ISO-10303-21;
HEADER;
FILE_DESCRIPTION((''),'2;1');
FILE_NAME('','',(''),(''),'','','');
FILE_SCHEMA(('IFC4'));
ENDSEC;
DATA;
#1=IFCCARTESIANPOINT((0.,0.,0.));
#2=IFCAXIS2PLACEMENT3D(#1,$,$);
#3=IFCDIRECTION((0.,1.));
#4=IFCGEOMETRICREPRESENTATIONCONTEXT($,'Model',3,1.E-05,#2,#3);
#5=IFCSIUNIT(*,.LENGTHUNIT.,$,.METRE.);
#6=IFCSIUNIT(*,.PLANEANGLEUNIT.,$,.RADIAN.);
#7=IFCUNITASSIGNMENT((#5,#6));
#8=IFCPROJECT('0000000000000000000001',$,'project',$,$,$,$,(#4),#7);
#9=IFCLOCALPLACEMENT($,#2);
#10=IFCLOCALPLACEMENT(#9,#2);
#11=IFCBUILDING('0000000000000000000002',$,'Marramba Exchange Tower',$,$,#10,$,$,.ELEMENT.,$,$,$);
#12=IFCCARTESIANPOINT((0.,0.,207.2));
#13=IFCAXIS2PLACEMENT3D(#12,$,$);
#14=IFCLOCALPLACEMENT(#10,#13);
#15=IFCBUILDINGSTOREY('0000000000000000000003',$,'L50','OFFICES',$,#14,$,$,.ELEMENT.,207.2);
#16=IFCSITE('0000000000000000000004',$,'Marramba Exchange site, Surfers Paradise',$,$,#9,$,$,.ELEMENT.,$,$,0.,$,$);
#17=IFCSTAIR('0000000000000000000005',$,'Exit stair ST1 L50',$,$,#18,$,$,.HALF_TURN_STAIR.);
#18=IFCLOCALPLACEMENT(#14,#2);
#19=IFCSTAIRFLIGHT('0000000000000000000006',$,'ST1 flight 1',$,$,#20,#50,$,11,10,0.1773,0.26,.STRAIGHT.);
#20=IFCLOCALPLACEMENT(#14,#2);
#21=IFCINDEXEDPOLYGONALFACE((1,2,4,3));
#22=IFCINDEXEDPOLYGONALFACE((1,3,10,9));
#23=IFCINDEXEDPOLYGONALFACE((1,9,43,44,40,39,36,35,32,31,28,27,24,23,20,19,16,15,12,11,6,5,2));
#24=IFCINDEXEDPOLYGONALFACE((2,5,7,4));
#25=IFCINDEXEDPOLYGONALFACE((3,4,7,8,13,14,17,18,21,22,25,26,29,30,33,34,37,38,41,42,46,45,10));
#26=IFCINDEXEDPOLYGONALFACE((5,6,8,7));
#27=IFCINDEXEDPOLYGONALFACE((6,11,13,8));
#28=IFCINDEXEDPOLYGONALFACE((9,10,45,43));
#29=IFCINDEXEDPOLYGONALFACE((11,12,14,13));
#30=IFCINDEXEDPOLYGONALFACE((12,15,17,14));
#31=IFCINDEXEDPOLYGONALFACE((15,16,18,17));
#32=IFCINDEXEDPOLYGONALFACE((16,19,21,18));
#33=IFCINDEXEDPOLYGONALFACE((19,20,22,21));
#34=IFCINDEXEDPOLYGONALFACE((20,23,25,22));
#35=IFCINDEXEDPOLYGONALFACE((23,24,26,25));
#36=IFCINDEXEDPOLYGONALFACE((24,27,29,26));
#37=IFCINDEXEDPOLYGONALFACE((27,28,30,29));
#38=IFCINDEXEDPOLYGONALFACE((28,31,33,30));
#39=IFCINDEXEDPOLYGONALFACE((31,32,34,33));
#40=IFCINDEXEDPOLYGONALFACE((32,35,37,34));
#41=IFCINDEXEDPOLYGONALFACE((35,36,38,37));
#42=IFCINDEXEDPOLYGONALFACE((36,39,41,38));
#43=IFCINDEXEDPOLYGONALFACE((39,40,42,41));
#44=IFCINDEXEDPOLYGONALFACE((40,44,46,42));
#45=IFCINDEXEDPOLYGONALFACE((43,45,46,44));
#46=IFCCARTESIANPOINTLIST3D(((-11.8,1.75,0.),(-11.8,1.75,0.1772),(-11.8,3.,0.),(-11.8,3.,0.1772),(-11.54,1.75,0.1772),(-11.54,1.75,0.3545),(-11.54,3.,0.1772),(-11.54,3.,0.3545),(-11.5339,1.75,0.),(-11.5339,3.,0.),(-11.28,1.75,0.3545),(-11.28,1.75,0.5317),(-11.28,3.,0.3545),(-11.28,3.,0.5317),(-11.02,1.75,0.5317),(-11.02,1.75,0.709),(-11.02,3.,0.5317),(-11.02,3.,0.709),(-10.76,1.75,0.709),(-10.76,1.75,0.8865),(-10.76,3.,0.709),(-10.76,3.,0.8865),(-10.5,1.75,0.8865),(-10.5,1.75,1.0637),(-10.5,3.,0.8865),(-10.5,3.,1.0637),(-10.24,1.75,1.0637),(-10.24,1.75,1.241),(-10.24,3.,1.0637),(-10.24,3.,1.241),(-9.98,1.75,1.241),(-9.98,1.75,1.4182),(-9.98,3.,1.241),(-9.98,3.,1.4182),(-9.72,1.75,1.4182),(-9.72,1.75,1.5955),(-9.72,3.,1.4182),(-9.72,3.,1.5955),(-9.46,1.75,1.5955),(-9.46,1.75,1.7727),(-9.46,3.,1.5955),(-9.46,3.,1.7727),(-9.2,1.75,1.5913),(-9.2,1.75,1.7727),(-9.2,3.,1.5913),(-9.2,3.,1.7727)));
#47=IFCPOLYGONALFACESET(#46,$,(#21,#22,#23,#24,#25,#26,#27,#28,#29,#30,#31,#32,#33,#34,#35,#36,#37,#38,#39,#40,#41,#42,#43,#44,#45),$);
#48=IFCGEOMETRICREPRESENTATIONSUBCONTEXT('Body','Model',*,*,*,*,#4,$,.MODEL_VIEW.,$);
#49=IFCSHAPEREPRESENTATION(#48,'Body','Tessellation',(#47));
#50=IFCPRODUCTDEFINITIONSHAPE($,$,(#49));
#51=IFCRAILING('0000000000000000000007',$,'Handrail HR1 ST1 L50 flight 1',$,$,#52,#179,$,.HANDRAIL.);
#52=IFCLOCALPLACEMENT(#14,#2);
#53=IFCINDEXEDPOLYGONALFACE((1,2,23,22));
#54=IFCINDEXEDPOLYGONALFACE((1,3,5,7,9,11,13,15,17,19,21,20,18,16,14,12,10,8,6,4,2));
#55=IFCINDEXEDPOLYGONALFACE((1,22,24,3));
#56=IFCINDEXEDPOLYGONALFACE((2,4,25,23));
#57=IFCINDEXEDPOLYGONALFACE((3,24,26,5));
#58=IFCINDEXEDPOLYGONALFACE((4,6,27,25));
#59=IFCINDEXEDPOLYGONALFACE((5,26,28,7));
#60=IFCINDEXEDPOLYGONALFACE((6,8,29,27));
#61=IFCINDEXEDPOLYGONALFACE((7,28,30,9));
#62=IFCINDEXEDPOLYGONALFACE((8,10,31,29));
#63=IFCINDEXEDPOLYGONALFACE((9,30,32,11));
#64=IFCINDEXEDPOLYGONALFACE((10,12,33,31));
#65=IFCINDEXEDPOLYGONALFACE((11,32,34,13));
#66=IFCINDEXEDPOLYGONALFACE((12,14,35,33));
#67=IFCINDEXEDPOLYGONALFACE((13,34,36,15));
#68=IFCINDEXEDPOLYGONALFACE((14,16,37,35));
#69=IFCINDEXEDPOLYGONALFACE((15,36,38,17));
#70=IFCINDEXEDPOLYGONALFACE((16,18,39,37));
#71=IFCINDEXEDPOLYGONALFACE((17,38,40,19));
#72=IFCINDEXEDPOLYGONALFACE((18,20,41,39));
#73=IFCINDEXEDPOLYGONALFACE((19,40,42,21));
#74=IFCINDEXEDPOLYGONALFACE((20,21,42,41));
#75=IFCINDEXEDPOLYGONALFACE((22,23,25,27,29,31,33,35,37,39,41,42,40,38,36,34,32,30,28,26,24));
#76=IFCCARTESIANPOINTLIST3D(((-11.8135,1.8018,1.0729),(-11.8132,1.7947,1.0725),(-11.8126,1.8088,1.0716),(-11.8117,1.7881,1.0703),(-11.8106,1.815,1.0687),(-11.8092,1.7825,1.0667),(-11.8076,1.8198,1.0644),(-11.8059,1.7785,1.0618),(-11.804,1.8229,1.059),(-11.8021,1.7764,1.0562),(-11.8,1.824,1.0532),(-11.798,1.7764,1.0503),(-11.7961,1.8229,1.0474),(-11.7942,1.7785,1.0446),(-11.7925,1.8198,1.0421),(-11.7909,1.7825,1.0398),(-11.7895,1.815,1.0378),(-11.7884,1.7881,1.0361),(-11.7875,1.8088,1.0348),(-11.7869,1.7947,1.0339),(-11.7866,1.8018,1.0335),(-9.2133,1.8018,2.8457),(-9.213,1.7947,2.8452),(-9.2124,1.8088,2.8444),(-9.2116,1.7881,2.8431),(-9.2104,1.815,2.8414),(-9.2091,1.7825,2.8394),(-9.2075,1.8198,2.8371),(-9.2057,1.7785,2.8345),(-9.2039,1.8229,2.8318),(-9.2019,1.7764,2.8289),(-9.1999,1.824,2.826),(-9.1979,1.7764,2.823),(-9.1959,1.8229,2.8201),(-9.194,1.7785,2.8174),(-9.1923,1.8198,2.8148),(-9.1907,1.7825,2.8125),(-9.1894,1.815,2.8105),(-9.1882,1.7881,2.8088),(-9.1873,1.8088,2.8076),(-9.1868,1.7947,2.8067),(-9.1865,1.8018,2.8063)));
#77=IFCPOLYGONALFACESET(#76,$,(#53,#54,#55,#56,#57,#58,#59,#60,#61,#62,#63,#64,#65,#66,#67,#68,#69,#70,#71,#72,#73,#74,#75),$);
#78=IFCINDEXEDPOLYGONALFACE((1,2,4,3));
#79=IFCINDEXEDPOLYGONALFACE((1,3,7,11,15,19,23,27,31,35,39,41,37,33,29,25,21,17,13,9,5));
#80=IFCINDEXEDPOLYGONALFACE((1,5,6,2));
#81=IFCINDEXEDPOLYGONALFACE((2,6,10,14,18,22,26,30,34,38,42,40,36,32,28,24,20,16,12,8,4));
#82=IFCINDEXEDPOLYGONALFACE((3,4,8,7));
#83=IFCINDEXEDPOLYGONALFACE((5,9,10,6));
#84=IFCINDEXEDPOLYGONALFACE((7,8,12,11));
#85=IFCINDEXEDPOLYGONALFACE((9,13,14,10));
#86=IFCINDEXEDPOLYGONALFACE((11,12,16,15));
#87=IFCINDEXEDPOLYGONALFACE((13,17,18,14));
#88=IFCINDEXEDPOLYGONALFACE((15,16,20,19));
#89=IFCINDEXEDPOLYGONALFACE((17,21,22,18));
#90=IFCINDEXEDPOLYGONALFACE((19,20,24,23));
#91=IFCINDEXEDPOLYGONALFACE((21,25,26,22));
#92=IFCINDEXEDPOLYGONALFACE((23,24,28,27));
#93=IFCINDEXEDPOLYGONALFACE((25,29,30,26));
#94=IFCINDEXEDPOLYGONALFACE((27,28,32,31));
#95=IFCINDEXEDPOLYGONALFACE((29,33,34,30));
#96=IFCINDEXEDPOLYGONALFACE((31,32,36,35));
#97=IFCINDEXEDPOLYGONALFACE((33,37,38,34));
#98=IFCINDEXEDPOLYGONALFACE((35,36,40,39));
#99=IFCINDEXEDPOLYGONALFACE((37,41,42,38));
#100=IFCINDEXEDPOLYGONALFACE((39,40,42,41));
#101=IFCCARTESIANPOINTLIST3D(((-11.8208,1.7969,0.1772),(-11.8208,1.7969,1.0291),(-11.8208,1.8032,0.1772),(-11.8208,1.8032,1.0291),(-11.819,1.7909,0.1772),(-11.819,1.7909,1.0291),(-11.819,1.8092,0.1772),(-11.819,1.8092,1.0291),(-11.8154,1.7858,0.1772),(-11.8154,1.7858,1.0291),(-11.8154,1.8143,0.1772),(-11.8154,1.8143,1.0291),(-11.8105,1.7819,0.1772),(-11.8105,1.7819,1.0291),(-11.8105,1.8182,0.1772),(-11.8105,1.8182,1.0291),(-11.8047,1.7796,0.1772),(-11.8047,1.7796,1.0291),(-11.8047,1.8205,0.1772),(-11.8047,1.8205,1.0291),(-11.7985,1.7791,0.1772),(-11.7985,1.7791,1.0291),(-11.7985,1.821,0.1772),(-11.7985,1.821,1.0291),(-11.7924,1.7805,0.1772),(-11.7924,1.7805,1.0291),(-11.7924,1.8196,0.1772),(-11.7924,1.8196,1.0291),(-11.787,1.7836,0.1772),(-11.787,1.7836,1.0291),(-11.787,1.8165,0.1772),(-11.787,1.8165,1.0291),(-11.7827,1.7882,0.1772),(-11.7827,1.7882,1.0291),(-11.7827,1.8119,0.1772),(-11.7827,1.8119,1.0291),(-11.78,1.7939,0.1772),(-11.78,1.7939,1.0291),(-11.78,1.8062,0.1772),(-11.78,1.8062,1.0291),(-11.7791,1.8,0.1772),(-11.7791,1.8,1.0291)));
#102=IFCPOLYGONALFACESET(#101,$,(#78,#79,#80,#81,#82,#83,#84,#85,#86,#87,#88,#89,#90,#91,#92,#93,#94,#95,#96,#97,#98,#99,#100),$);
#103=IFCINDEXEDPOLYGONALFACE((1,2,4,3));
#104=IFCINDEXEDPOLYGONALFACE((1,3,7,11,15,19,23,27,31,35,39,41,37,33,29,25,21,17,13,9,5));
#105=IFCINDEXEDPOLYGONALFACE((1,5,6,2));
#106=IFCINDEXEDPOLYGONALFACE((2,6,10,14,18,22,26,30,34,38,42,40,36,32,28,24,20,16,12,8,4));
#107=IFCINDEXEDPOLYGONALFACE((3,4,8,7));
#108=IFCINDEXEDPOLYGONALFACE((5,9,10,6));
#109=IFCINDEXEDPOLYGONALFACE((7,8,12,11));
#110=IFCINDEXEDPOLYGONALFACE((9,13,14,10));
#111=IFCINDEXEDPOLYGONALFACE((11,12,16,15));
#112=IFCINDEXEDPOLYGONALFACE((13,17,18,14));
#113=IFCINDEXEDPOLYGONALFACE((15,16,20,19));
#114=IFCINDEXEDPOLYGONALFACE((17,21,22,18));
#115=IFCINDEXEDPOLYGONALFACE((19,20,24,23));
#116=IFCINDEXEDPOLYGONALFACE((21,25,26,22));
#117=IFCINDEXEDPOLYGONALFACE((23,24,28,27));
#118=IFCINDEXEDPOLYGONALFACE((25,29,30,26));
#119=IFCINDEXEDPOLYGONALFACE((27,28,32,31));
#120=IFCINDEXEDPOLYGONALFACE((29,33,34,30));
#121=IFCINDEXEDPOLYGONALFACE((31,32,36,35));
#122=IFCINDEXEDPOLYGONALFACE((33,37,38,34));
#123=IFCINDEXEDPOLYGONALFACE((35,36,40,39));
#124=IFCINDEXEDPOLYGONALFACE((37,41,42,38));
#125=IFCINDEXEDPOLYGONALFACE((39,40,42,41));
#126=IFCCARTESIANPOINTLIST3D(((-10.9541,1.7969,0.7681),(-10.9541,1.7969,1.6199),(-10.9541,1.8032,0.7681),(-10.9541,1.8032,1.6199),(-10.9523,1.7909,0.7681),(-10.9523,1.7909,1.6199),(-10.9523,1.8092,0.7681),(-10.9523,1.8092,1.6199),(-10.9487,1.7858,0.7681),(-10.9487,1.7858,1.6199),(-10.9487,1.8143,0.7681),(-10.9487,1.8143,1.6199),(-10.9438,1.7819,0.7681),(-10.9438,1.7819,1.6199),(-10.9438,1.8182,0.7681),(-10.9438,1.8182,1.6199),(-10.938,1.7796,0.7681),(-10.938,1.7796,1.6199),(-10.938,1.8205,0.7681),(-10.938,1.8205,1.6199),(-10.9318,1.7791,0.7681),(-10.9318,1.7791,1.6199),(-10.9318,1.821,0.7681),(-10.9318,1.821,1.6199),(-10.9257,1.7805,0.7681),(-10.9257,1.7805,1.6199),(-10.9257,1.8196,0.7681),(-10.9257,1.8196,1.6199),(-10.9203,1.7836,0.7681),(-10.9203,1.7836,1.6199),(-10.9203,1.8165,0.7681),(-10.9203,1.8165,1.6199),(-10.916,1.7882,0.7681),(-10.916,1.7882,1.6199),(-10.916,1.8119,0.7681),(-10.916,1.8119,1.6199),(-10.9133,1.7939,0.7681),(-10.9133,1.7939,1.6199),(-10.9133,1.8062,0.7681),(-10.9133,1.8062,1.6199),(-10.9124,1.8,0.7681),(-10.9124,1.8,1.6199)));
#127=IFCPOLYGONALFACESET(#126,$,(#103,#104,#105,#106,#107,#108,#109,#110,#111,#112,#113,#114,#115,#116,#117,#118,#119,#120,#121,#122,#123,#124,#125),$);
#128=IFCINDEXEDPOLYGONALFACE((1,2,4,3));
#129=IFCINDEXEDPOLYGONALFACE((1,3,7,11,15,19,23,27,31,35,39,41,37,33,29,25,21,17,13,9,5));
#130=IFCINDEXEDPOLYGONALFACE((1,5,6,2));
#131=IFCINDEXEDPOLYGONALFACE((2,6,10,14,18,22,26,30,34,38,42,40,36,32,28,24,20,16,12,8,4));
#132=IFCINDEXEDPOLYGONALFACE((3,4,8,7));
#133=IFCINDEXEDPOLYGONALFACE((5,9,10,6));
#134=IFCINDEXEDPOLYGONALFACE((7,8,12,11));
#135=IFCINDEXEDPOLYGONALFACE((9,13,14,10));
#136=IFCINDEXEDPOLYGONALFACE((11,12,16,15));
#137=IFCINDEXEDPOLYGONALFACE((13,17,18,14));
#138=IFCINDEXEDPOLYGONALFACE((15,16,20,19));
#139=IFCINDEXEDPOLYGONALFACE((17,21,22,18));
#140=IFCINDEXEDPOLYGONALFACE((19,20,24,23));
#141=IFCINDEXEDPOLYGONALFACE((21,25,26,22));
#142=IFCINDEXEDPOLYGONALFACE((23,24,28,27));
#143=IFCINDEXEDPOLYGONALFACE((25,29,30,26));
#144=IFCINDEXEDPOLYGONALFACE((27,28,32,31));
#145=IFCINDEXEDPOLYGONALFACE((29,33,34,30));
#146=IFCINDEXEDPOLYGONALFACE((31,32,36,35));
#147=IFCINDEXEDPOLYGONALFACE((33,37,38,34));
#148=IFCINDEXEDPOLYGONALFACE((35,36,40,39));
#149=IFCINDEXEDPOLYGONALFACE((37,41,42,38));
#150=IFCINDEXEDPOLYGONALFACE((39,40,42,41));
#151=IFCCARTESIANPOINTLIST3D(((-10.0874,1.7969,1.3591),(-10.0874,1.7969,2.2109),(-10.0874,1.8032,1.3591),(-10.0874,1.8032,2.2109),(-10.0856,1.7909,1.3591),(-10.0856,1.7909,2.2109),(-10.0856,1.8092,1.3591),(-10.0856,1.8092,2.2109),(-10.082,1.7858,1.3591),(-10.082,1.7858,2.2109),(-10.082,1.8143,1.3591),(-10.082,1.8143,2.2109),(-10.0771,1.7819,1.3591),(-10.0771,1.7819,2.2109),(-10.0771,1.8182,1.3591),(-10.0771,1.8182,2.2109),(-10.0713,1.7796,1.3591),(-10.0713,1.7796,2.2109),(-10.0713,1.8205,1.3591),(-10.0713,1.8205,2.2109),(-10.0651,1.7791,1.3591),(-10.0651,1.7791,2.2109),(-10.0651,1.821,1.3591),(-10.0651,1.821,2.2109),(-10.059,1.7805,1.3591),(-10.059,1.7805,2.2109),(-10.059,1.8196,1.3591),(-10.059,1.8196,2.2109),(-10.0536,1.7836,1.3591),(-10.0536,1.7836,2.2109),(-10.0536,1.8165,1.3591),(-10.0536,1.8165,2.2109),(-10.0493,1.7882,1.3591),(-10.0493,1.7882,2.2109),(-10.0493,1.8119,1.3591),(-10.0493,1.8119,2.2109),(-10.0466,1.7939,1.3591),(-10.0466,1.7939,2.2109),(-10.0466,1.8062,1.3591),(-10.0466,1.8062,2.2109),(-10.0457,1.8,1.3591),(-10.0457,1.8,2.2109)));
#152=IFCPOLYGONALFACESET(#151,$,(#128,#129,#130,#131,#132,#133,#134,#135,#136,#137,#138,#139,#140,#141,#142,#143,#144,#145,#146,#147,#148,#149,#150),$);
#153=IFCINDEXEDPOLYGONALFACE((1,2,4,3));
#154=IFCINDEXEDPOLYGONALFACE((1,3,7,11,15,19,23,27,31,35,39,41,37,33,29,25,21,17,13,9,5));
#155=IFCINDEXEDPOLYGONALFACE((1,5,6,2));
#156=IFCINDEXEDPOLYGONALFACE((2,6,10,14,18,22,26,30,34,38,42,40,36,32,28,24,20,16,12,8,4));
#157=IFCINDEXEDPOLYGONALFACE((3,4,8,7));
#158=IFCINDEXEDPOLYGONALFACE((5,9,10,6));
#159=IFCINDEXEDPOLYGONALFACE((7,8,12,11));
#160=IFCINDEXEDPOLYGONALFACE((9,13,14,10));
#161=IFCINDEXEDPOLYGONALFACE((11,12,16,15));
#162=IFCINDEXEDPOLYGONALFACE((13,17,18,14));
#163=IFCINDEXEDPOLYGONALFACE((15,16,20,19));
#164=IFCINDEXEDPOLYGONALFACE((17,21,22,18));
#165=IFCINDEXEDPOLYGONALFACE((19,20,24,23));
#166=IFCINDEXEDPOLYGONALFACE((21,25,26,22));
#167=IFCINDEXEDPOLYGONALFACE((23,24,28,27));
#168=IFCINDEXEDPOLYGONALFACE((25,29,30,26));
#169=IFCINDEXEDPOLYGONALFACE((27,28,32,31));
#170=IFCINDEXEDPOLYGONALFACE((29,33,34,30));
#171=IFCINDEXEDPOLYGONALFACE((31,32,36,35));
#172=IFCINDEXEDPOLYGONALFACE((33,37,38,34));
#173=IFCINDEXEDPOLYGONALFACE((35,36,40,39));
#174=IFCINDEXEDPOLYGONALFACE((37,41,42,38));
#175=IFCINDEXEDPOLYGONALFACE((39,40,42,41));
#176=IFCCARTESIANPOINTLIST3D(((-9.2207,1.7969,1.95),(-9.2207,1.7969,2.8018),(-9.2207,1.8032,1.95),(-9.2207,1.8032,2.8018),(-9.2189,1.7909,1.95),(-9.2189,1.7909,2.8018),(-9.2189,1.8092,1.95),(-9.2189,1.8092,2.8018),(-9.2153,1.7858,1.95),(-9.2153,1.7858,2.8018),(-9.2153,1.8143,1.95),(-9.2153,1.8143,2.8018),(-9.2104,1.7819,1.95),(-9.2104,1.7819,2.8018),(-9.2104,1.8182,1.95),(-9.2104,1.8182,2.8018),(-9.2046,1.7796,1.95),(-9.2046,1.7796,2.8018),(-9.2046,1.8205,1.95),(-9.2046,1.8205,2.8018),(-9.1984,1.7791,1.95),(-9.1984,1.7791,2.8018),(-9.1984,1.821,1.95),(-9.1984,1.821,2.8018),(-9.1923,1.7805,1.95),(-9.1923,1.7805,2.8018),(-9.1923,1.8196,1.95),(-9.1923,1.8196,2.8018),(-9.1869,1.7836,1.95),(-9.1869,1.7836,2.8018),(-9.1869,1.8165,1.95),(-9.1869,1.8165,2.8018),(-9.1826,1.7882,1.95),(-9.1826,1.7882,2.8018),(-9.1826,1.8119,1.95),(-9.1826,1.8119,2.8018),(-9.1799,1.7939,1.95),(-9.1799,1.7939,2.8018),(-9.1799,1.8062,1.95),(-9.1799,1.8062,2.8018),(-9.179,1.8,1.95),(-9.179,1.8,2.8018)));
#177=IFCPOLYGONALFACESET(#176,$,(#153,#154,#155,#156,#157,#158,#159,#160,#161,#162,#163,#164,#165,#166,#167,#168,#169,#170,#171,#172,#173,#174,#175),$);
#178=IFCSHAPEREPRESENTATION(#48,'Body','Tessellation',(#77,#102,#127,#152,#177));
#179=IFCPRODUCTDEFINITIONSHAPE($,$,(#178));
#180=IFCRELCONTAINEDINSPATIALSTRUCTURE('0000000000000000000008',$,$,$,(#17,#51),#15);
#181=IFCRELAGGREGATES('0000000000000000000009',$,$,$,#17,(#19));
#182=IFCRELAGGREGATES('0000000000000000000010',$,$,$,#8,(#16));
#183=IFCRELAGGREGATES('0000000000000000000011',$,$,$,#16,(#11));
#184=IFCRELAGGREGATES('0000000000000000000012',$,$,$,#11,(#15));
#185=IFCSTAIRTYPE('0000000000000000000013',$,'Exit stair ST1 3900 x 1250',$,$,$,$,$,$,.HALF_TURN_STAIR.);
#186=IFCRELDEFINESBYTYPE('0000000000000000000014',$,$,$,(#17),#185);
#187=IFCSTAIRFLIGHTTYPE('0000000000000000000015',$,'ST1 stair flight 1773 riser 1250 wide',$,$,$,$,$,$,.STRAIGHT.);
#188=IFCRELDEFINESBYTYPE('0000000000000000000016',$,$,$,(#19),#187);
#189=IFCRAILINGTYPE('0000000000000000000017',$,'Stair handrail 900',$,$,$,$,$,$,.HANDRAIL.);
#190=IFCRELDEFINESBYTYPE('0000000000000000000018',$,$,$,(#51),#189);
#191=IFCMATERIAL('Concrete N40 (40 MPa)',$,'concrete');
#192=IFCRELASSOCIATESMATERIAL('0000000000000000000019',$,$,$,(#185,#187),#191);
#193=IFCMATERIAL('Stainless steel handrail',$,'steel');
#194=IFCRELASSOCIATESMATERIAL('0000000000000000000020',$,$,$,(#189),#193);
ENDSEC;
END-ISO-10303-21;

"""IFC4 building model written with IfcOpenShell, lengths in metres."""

from ifc_helpers import new_model, si_unit, direction, frame, origin, origin_2d, place, context, subcontext, project, spatial, polyline, circle, outline, extrude, material, type_object, element, aggregate, save


model = new_model("IFC4")

# Units and contexts
model_context = context("Model", 3, precision=1e-05, world=origin(), true_north=direction((0.0, 1.0)))
body_context = subcontext(model_context, "Body", "Model", "MODEL_VIEW")
ifc_project = project(units=[si_unit("LENGTHUNIT", "METRE"), si_unit("PLANEANGLEUNIT", "RADIAN")], contexts=[model_context])

# Site, building, storey
site_placement = place(None, origin())
site = spatial("IfcSite", under=ifc_project, at=site_placement, Name="Marramba Exchange site, Surfers Paradise", CompositionType="ELEMENT", RefElevation=0.0)
building_placement = place(site_placement, origin())
building = spatial("IfcBuilding", under=site, at=building_placement, Name="Marramba Exchange Tower", CompositionType="ELEMENT")
storey_placement = place(building_placement, frame((0.0, 0.0, 207.2)))
storey = spatial("IfcBuildingStorey", under=building, at=storey_placement, Name="L50", Description="OFFICES", CompositionType="ELEMENT", Elevation=207.2)

# Stair, stair flight
ifc_material_1 = material(Name="Concrete N40 (40 MPa)", Category="concrete")
stair_type = type_object("IfcStairType", Name="Exit stair ST1 3900 x 1250", PredefinedType="HALF_TURN_STAIR", material=ifc_material_1)
stair_placement = place(storey_placement, origin())
stair = element("IfcStair", 1, at=stair_placement, inside=storey, type_object=stair_type, Name="Exit stair ST1 L50", PredefinedType="HALF_TURN_STAIR")
stair_flight_type = type_object("IfcStairFlightType", Name="ST1 stair flight 1773 riser 1250 wide", PredefinedType="STRAIGHT", material=ifc_material_1)
stair_flight_placement = place(storey_placement, frame((-11.8, 2.375, 0.0), z_axis=(0.0, 0.0, 1.0), x_axis=(1.0, 0.0, 0.0)))
stair_flight = element("IfcStairFlight", 2, at=stair_flight_placement, type_object=stair_flight_type, Name="ST1 flight 1", NumberOfRisers=11, NumberOfTreads=10, PredefinedType="STRAIGHT", RiserHeight=0.1773, TreadLength=0.26, context=body_context, shape_type="SweptSolid", body=[
    extrude(outline(polyline([(0.0, 0.0), (0.0, 0.1772), (0.26, 0.1772), (0.26, 0.3545), (0.52, 0.3545), (0.52, 0.5317), (0.78, 0.5317), (0.78, 0.709), (1.04, 0.709), (1.04, 0.8865), (1.3, 0.8865), (1.3, 1.0637), (1.5601, 1.0637), (1.5601, 1.241), (1.8201, 1.241), (1.8201, 1.4182), (2.0801, 1.4182), (2.0801, 1.5955), (2.3401, 1.5955), (2.3401, 1.7727), (2.6001, 1.7727), (2.6001, 1.95), (2.6001, 1.5913), (0.2661, 0.0), (0.0, 0.0)])), frame((0.0, 0.625, 0.0), z_axis=(0.0, -1.0, 0.0), x_axis=(1.0, 0.0, 0.0)), (0.0, 0.0, 1.0), 1.25),
])
aggregate(stair, [stair_flight])

# Railing
ifc_material_2 = material(Name="Stainless steel handrail", Category="steel")
railing_type = type_object("IfcRailingType", Name="Stair handrail 900", PredefinedType="HANDRAIL", material=ifc_material_2)
railing_placement = place(storey_placement, frame((-11.8, 1.8, 0.1772)))
element("IfcRailing", 3, at=railing_placement, inside=storey, type_object=railing_type, Name="Handrail HR1 ST1 L50 flight 1", PredefinedType="HANDRAIL", context=body_context, shape_type="SweptSolid", body=[
    extrude(circle(Radius=0.0239, at=origin_2d()), frame((0.0, 0.0, 0.876), z_axis=(0.82624, 0.0, 0.563318), x_axis=(0.0, 1.0, 0.0)), (0.0, 0.0, 1.0), 3.147),
    extrude(circle(Radius=0.021, at=origin_2d()), origin(), (0.0, 0.0, 1.0), 0.8518),
    extrude(circle(Radius=0.021, at=origin_2d()), frame((0.8667, 0.0, 0.5908)), (0.0, 0.0, 1.0), 0.8518),
    extrude(circle(Radius=0.021, at=origin_2d()), frame((1.7334, 0.0, 1.1819)), (0.0, 0.0, 1.0), 0.8518),
    extrude(circle(Radius=0.021, at=origin_2d()), frame((2.6001, 0.0, 1.7727)), (0.0, 0.0, 1.0), 0.8518),
])

save(model, "model.ifc")
